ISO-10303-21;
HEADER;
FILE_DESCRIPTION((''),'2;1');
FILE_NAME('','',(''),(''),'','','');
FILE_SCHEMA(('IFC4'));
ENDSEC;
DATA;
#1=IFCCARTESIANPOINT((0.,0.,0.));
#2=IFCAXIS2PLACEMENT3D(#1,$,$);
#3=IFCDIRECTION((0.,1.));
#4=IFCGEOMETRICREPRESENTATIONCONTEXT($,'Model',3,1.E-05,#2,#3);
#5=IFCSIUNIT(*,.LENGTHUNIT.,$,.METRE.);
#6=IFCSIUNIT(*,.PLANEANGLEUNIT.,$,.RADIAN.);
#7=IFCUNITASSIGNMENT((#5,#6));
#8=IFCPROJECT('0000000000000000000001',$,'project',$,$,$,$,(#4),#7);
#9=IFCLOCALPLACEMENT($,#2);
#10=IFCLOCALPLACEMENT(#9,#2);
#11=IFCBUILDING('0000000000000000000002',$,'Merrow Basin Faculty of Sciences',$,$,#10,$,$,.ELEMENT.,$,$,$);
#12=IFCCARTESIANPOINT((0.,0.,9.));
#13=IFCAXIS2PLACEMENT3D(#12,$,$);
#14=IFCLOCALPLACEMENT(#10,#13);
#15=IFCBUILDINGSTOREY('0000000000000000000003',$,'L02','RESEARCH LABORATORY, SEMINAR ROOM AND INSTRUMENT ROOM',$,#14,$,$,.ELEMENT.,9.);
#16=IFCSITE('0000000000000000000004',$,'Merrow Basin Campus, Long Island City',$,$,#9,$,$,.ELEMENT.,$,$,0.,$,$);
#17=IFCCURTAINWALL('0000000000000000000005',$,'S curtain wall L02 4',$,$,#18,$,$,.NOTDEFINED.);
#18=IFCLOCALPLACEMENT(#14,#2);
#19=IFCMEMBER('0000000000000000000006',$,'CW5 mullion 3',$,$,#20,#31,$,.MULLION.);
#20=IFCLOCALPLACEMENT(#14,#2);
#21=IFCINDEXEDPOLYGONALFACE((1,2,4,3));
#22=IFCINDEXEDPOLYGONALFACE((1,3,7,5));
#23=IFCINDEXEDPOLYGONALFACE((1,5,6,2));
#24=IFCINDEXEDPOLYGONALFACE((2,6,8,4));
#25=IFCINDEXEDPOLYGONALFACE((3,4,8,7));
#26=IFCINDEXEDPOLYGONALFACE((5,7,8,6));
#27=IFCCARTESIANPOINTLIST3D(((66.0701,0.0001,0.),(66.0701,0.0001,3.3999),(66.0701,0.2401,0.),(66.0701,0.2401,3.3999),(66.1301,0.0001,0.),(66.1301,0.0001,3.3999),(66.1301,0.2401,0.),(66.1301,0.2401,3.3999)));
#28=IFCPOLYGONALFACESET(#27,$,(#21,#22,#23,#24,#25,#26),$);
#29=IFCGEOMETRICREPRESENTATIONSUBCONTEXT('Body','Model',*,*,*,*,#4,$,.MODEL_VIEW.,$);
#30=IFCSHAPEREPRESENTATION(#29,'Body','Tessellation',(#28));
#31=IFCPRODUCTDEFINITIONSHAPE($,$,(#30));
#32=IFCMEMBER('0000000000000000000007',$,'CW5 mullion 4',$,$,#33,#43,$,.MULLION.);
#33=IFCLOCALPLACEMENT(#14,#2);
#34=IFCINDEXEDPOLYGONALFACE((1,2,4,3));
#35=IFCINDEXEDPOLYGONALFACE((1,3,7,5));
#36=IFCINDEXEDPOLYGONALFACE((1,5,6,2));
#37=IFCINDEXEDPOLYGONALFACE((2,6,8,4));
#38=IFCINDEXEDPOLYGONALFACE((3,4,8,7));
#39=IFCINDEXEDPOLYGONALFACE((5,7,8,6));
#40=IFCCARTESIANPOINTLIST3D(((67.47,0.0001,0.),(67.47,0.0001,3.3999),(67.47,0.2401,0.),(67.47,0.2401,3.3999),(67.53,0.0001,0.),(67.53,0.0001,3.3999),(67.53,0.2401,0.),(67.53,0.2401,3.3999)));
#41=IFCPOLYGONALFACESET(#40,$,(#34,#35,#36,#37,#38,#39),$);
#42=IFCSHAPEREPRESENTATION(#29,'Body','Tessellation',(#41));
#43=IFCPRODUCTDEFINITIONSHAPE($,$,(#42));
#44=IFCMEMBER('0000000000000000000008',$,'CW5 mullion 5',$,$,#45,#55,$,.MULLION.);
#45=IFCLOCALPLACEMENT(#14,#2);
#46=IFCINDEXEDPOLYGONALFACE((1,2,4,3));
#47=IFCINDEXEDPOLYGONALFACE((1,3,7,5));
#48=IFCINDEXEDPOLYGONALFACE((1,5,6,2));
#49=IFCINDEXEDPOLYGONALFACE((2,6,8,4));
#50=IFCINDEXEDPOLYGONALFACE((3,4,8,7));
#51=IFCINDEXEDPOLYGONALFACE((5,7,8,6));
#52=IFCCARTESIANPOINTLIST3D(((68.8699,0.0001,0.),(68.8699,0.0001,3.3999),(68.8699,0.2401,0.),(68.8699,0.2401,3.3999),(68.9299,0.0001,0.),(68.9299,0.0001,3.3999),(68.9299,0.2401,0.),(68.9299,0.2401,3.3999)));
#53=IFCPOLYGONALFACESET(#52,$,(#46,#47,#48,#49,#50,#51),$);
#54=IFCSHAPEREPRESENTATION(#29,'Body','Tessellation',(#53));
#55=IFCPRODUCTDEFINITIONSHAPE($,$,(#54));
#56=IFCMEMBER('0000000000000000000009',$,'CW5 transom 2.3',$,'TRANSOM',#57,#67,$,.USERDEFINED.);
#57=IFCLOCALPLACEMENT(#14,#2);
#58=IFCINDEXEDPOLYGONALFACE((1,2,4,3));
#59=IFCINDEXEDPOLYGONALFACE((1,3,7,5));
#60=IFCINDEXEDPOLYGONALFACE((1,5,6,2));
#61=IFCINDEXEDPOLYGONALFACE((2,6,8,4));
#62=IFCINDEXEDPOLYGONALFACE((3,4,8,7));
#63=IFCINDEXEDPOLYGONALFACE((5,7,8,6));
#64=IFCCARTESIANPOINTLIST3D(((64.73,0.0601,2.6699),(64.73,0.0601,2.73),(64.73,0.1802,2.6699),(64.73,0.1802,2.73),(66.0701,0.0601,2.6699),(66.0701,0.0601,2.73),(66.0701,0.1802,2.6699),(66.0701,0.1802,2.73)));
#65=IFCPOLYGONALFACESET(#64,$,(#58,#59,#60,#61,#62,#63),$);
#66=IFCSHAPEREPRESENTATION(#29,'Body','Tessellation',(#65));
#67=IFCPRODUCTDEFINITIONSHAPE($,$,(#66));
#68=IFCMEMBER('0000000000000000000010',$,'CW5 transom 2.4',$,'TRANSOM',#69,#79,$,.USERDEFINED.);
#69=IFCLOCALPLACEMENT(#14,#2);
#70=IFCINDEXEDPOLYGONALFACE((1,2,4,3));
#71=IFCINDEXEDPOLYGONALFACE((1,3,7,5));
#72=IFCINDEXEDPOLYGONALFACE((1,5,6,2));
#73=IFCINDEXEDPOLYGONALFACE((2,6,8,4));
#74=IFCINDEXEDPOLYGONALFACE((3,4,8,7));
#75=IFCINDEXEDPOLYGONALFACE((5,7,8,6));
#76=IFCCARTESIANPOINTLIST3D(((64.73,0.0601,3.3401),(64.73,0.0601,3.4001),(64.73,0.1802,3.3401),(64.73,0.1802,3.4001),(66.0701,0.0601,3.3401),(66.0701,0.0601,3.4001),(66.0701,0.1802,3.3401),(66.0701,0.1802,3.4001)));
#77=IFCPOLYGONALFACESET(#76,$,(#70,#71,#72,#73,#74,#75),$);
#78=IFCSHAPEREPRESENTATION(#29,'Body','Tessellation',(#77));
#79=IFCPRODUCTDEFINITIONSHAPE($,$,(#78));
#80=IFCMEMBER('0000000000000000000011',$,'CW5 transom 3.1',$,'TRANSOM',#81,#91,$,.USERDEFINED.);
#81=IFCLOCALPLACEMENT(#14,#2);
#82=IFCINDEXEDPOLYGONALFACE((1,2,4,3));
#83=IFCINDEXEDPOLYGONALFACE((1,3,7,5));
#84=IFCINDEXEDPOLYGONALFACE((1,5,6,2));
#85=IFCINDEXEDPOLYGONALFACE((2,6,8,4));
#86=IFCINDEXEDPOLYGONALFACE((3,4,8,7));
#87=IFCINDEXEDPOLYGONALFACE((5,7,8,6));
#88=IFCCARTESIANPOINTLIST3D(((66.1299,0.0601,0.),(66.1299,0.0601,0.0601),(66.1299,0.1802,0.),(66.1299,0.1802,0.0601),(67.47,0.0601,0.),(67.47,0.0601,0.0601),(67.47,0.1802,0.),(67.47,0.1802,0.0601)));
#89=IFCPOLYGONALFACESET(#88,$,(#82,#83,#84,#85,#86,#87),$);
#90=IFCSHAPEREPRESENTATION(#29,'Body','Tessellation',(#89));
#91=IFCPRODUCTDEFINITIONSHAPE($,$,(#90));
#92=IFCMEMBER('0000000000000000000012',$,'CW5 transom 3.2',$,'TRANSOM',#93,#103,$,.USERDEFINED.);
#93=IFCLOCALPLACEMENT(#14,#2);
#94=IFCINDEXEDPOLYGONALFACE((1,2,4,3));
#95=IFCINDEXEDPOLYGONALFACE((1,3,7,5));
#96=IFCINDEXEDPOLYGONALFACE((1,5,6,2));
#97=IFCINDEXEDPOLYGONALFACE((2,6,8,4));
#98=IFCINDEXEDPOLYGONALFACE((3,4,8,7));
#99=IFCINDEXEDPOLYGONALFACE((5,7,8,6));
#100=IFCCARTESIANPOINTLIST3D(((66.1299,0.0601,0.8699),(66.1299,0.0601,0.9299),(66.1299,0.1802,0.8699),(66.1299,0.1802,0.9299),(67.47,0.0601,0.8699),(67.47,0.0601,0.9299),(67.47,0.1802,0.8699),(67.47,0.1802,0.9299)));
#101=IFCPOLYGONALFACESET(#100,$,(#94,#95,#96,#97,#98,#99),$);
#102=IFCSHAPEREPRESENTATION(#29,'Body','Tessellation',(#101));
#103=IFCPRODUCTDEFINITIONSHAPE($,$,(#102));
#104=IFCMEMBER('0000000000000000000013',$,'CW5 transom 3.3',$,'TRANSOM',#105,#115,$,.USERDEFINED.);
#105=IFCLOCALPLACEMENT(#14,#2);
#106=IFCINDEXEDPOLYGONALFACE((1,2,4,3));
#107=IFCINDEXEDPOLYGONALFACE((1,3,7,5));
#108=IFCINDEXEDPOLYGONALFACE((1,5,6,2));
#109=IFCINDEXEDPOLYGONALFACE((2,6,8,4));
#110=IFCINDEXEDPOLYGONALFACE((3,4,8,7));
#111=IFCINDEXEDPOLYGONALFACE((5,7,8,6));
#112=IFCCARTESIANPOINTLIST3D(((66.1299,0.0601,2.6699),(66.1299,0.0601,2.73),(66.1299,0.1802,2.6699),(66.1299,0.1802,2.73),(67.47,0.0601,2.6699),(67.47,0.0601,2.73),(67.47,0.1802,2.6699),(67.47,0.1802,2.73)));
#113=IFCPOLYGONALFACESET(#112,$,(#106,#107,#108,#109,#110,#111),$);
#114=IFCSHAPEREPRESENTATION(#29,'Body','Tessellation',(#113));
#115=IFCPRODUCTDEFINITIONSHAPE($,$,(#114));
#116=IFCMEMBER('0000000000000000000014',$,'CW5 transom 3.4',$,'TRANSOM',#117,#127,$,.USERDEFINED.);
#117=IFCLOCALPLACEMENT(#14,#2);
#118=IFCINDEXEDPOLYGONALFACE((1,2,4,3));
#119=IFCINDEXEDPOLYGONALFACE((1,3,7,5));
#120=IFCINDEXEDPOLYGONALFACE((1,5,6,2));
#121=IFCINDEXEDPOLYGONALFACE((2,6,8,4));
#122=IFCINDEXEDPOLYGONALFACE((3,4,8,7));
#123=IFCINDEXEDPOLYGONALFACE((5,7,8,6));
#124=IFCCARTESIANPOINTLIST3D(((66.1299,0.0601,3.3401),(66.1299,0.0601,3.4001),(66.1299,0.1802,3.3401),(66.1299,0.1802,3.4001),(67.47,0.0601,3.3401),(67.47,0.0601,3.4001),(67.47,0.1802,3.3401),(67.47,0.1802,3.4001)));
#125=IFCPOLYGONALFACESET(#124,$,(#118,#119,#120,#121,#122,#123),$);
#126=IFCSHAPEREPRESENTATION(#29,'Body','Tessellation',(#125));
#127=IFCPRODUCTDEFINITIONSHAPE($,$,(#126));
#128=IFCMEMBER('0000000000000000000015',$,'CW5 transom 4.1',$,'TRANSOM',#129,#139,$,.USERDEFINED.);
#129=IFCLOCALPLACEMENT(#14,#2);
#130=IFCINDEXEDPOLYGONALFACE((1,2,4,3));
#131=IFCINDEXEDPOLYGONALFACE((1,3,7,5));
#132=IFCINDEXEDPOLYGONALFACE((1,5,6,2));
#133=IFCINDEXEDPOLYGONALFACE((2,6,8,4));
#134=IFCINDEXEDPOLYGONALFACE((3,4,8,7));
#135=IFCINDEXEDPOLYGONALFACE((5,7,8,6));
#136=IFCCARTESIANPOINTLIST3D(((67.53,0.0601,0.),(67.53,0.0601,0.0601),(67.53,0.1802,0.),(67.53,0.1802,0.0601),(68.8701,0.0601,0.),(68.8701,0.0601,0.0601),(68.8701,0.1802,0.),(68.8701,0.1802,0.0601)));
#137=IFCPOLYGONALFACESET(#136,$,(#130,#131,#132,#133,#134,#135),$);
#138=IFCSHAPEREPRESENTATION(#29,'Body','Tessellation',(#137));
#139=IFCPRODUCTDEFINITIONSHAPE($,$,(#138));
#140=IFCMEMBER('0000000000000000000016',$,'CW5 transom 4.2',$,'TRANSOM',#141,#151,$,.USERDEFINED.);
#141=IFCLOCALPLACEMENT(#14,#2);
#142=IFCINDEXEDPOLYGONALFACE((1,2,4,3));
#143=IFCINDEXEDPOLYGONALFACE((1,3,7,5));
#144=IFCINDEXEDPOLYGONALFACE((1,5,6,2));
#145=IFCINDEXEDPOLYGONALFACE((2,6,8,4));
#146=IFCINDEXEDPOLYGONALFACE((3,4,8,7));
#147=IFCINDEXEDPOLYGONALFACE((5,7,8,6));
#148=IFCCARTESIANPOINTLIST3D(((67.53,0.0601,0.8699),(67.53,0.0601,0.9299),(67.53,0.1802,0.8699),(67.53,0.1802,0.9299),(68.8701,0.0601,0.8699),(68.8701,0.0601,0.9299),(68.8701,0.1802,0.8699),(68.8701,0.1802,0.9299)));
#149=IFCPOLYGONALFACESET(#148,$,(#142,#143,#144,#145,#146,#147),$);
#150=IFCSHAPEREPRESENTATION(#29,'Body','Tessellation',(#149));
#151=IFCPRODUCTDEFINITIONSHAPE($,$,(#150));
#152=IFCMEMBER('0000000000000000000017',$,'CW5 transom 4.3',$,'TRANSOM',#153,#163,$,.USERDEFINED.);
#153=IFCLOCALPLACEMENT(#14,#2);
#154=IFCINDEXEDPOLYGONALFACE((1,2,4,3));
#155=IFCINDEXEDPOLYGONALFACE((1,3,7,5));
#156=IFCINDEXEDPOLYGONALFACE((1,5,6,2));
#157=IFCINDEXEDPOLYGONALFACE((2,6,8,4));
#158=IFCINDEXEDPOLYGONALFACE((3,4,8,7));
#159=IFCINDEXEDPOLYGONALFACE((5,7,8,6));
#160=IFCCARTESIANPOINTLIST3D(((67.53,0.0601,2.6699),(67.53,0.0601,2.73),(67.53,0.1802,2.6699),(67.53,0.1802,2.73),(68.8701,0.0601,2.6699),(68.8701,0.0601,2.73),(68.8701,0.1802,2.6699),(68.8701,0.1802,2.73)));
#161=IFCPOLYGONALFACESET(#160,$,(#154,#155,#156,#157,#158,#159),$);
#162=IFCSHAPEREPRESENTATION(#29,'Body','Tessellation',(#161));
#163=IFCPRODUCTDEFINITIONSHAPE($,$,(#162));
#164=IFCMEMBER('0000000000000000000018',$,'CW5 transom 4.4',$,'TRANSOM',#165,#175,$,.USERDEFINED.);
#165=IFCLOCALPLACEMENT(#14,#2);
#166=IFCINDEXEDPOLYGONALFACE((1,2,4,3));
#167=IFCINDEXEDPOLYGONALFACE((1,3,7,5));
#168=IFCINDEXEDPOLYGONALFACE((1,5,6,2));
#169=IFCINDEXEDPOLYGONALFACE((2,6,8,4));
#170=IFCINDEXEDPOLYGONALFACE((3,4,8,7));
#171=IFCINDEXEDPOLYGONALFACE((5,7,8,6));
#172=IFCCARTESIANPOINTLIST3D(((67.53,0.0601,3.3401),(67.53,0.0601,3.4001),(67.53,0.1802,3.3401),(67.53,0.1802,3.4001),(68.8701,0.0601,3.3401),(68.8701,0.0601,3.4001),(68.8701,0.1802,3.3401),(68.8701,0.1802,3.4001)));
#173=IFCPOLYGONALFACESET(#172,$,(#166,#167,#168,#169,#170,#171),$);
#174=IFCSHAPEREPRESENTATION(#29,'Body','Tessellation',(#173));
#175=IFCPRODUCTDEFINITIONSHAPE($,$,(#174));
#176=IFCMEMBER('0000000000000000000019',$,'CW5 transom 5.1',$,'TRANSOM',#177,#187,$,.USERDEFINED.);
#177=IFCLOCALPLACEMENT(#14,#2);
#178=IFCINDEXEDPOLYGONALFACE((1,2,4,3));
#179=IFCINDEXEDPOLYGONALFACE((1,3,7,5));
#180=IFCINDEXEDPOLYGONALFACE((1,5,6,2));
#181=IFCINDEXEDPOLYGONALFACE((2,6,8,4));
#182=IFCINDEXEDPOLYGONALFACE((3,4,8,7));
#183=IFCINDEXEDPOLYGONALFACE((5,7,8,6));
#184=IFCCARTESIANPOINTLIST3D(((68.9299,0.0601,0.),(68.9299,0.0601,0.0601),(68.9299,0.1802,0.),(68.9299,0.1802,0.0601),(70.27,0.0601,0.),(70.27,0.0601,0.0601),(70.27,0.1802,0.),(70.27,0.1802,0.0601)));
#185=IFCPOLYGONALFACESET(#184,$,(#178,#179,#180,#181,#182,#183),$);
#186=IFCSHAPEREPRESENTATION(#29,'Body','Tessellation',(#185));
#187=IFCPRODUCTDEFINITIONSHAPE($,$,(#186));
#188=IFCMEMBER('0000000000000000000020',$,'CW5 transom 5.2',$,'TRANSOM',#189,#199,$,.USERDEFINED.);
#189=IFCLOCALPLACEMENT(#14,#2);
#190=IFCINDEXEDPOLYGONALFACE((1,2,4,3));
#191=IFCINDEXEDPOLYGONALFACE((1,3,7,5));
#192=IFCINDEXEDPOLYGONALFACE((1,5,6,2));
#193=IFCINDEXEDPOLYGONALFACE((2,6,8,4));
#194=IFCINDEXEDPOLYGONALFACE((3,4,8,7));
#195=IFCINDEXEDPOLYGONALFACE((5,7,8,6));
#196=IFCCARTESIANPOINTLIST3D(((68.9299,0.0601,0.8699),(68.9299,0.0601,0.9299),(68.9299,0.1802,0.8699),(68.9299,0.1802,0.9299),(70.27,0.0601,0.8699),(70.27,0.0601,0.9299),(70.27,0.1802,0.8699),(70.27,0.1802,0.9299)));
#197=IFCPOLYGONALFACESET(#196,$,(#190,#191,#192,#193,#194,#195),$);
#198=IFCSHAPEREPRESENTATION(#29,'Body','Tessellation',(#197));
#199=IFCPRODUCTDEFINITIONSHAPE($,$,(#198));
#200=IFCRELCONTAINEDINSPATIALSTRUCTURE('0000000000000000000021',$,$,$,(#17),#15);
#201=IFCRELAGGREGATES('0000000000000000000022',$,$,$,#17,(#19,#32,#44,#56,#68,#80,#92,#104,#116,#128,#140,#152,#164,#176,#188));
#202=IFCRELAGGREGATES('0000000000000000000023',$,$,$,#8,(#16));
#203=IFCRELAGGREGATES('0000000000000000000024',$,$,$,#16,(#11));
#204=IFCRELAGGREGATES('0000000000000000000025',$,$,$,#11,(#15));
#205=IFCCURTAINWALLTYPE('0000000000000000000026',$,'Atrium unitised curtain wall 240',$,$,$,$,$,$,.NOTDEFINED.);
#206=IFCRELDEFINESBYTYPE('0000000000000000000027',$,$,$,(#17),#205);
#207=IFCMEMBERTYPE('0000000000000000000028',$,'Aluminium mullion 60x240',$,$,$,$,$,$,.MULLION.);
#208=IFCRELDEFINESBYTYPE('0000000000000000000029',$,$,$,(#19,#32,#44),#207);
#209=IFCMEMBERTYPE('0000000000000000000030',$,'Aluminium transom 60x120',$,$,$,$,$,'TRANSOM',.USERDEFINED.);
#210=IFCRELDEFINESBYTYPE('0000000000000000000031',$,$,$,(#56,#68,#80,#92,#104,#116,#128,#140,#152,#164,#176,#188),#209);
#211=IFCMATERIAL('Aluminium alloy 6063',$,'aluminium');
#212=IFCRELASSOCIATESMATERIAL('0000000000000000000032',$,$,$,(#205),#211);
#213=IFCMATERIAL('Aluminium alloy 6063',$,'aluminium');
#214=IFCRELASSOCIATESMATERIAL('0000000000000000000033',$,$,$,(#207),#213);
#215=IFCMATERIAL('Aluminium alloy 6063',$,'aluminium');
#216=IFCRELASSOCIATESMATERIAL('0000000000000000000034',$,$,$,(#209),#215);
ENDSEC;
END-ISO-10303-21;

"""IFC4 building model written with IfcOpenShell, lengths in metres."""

from ifc_helpers import new_model, si_unit, direction, frame, origin, origin_2d, place, context, subcontext, project, spatial, rectangle, extrude, material, material_profile, profile_set, type_object, element, aggregate, save


model = new_model("IFC4")

# Units and contexts
model_context = context("Model", 3, precision=1e-05, world=origin(), true_north=direction((0.0, 1.0)))
body_context = subcontext(model_context, "Body", "Model", "MODEL_VIEW")
ifc_project = project(units=[si_unit("LENGTHUNIT", "METRE"), si_unit("PLANEANGLEUNIT", "RADIAN")], contexts=[model_context])

# Site, building, storey
site_placement = place(None, origin())
site = spatial("IfcSite", under=ifc_project, at=site_placement, Name="Merrow Basin Campus, Long Island City", CompositionType="ELEMENT", RefElevation=0.0)
building_placement = place(site_placement, origin())
building = spatial("IfcBuilding", under=site, at=building_placement, Name="Merrow Basin Faculty of Sciences", CompositionType="ELEMENT")
storey_placement = place(building_placement, frame((0.0, 0.0, 9.0)))
storey = spatial("IfcBuildingStorey", under=building, at=storey_placement, Name="L02", Description="RESEARCH LABORATORY, SEMINAR ROOM AND INSTRUMENT ROOM", CompositionType="ELEMENT", Elevation=9.0)

# Curtain wall, members
ifc_material_1 = material(Name="Aluminium alloy 6063", Category="aluminium")
curtain_wall_type = type_object("IfcCurtainWallType", Name="Atrium unitised curtain wall 240", PredefinedType="NOTDEFINED", material=ifc_material_1)
curtain_wall_placement = place(storey_placement, origin())
curtain_wall = element("IfcCurtainWall", 1, at=curtain_wall_placement, inside=storey, type_object=curtain_wall_type, Name="S curtain wall L02 4", PredefinedType="NOTDEFINED")
ifc_material_2 = material(Name="Aluminium alloy 6063", Category="aluminium")
ifc_material_profile_1 = material_profile(ifc_material_2, rectangle(XDim=0.24, YDim=0.0601, at=origin_2d()))
ifc_profile_set_1 = profile_set([ifc_material_profile_1], Name="Aluminium alloy 6063")
member_type_1 = type_object("IfcMemberType", Name="Aluminium mullion 60x240", PredefinedType="MULLION", material=ifc_profile_set_1)
member_1_placement = place(storey_placement, frame((66.1001, 0.1201, 0.0), z_axis=(0.0, 0.0, 1.0), x_axis=(0.0, 1.0, 0.0)))
member_1 = element("IfcMember", 2, at=member_1_placement, type_object=member_type_1, Name="CW5 mullion 3", PredefinedType="MULLION", context=body_context, shape_type="SweptSolid", body=[
    extrude(rectangle(XDim=0.24, YDim=0.0601, at=origin_2d()), origin(), (0.0, 0.0, 1.0), 3.3999),
])
member_2_placement = place(storey_placement, frame((67.5, 0.1201, 0.0), z_axis=(0.0, 0.0, 1.0), x_axis=(0.0, 1.0, 0.0)))
member_2 = element("IfcMember", 3, at=member_2_placement, type_object=member_type_1, Name="CW5 mullion 4", PredefinedType="MULLION", context=body_context, shape_type="SweptSolid", body=[
    extrude(rectangle(XDim=0.24, YDim=0.0601, at=origin_2d()), origin(), (0.0, 0.0, 1.0), 3.3999),
])
member_3_placement = place(storey_placement, frame((68.8999, 0.1201, 0.0), z_axis=(0.0, 0.0, 1.0), x_axis=(0.0, 1.0, 0.0)))
member_3 = element("IfcMember", 4, at=member_3_placement, type_object=member_type_1, Name="CW5 mullion 5", PredefinedType="MULLION", context=body_context, shape_type="SweptSolid", body=[
    extrude(rectangle(XDim=0.24, YDim=0.0601, at=origin_2d()), origin(), (0.0, 0.0, 1.0), 3.3999),
])
ifc_material_3 = material(Name="Aluminium alloy 6063", Category="aluminium")
ifc_material_profile_2 = material_profile(ifc_material_3, rectangle(XDim=0.1201, YDim=0.0601, at=origin_2d()))
ifc_profile_set_2 = profile_set([ifc_material_profile_2], Name="Aluminium alloy 6063")
member_type_2 = type_object("IfcMemberType", Name="Aluminium transom 60x120", ElementType="TRANSOM", PredefinedType="USERDEFINED", material=ifc_profile_set_2)
member_4_placement = place(storey_placement, frame((64.73, 0.1201, 2.7), z_axis=(1.0, 0.0, 0.0), x_axis=(0.0, 1.0, 0.0)))
member_4 = element("IfcMember", 5, at=member_4_placement, type_object=member_type_2, Name="CW5 transom 2.3", ObjectType="TRANSOM", PredefinedType="USERDEFINED", context=body_context, shape_type="SweptSolid", body=[
    extrude(rectangle(XDim=0.1201, YDim=0.0601, at=origin_2d()), origin(), (0.0, 0.0, 1.0), 1.3401),
])
member_5_placement = place(storey_placement, frame((64.73, 0.1201, 3.3701), z_axis=(1.0, 0.0, 0.0), x_axis=(0.0, 1.0, 0.0)))
member_5 = element("IfcMember", 6, at=member_5_placement, type_object=member_type_2, Name="CW5 transom 2.4", ObjectType="TRANSOM", PredefinedType="USERDEFINED", context=body_context, shape_type="SweptSolid", body=[
    extrude(rectangle(XDim=0.1201, YDim=0.0601, at=origin_2d()), origin(), (0.0, 0.0, 1.0), 1.3401),
])
member_6_placement = place(storey_placement, frame((66.1299, 0.1201, 0.03), z_axis=(1.0, 0.0, 0.0), x_axis=(0.0, 1.0, 0.0)))
member_6 = element("IfcMember", 7, at=member_6_placement, type_object=member_type_2, Name="CW5 transom 3.1", ObjectType="TRANSOM", PredefinedType="USERDEFINED", context=body_context, shape_type="SweptSolid", body=[
    extrude(rectangle(XDim=0.1201, YDim=0.0601, at=origin_2d()), origin(), (0.0, 0.0, 1.0), 1.3401),
])
member_7_placement = place(storey_placement, frame((66.1299, 0.1201, 0.8999), z_axis=(1.0, 0.0, 0.0), x_axis=(0.0, 1.0, 0.0)))
member_7 = element("IfcMember", 8, at=member_7_placement, type_object=member_type_2, Name="CW5 transom 3.2", ObjectType="TRANSOM", PredefinedType="USERDEFINED", context=body_context, shape_type="SweptSolid", body=[
    extrude(rectangle(XDim=0.1201, YDim=0.0601, at=origin_2d()), origin(), (0.0, 0.0, 1.0), 1.3401),
])
member_8_placement = place(storey_placement, frame((66.1299, 0.1201, 2.7), z_axis=(1.0, 0.0, 0.0), x_axis=(0.0, 1.0, 0.0)))
member_8 = element("IfcMember", 9, at=member_8_placement, type_object=member_type_2, Name="CW5 transom 3.3", ObjectType="TRANSOM", PredefinedType="USERDEFINED", context=body_context, shape_type="SweptSolid", body=[
    extrude(rectangle(XDim=0.1201, YDim=0.0601, at=origin_2d()), origin(), (0.0, 0.0, 1.0), 1.3401),
])
member_9_placement = place(storey_placement, frame((66.1299, 0.1201, 3.3701), z_axis=(1.0, 0.0, 0.0), x_axis=(0.0, 1.0, 0.0)))
member_9 = element("IfcMember", 10, at=member_9_placement, type_object=member_type_2, Name="CW5 transom 3.4", ObjectType="TRANSOM", PredefinedType="USERDEFINED", context=body_context, shape_type="SweptSolid", body=[
    extrude(rectangle(XDim=0.1201, YDim=0.0601, at=origin_2d()), origin(), (0.0, 0.0, 1.0), 1.3401),
])
member_10_placement = place(storey_placement, frame((67.53, 0.1201, 0.03), z_axis=(1.0, 0.0, 0.0), x_axis=(0.0, 1.0, 0.0)))
member_10 = element("IfcMember", 11, at=member_10_placement, type_object=member_type_2, Name="CW5 transom 4.1", ObjectType="TRANSOM", PredefinedType="USERDEFINED", context=body_context, shape_type="SweptSolid", body=[
    extrude(rectangle(XDim=0.1201, YDim=0.0601, at=origin_2d()), origin(), (0.0, 0.0, 1.0), 1.3401),
])
member_11_placement = place(storey_placement, frame((67.53, 0.1201, 0.8999), z_axis=(1.0, 0.0, 0.0), x_axis=(0.0, 1.0, 0.0)))
member_11 = element("IfcMember", 12, at=member_11_placement, type_object=member_type_2, Name="CW5 transom 4.2", ObjectType="TRANSOM", PredefinedType="USERDEFINED", context=body_context, shape_type="SweptSolid", body=[
    extrude(rectangle(XDim=0.1201, YDim=0.0601, at=origin_2d()), origin(), (0.0, 0.0, 1.0), 1.3401),
])
member_12_placement = place(storey_placement, frame((67.53, 0.1201, 2.7), z_axis=(1.0, 0.0, 0.0), x_axis=(0.0, 1.0, 0.0)))
member_12 = element("IfcMember", 13, at=member_12_placement, type_object=member_type_2, Name="CW5 transom 4.3", ObjectType="TRANSOM", PredefinedType="USERDEFINED", context=body_context, shape_type="SweptSolid", body=[
    extrude(rectangle(XDim=0.1201, YDim=0.0601, at=origin_2d()), origin(), (0.0, 0.0, 1.0), 1.3401),
])
member_13_placement = place(storey_placement, frame((67.53, 0.1201, 3.3701), z_axis=(1.0, 0.0, 0.0), x_axis=(0.0, 1.0, 0.0)))
member_13 = element("IfcMember", 14, at=member_13_placement, type_object=member_type_2, Name="CW5 transom 4.4", ObjectType="TRANSOM", PredefinedType="USERDEFINED", context=body_context, shape_type="SweptSolid", body=[
    extrude(rectangle(XDim=0.1201, YDim=0.0601, at=origin_2d()), origin(), (0.0, 0.0, 1.0), 1.3401),
])
member_14_placement = place(storey_placement, frame((68.9299, 0.1201, 0.03), z_axis=(1.0, 0.0, 0.0), x_axis=(0.0, 1.0, 0.0)))
member_14 = element("IfcMember", 15, at=member_14_placement, type_object=member_type_2, Name="CW5 transom 5.1", ObjectType="TRANSOM", PredefinedType="USERDEFINED", context=body_context, shape_type="SweptSolid", body=[
    extrude(rectangle(XDim=0.1201, YDim=0.0601, at=origin_2d()), origin(), (0.0, 0.0, 1.0), 1.3401),
])
member_15_placement = place(storey_placement, frame((68.9299, 0.1201, 0.8999), z_axis=(1.0, 0.0, 0.0), x_axis=(0.0, 1.0, 0.0)))
member_15 = element("IfcMember", 16, at=member_15_placement, type_object=member_type_2, Name="CW5 transom 5.2", ObjectType="TRANSOM", PredefinedType="USERDEFINED", context=body_context, shape_type="SweptSolid", body=[
    extrude(rectangle(XDim=0.1201, YDim=0.0601, at=origin_2d()), origin(), (0.0, 0.0, 1.0), 1.3401),
])

aggregate(curtain_wall, [member_1, member_2, member_3, member_4, member_5, member_6, member_7, member_8, member_9, member_10, member_11, member_12, member_13, member_14, member_15])

save(model, "model.ifc")
